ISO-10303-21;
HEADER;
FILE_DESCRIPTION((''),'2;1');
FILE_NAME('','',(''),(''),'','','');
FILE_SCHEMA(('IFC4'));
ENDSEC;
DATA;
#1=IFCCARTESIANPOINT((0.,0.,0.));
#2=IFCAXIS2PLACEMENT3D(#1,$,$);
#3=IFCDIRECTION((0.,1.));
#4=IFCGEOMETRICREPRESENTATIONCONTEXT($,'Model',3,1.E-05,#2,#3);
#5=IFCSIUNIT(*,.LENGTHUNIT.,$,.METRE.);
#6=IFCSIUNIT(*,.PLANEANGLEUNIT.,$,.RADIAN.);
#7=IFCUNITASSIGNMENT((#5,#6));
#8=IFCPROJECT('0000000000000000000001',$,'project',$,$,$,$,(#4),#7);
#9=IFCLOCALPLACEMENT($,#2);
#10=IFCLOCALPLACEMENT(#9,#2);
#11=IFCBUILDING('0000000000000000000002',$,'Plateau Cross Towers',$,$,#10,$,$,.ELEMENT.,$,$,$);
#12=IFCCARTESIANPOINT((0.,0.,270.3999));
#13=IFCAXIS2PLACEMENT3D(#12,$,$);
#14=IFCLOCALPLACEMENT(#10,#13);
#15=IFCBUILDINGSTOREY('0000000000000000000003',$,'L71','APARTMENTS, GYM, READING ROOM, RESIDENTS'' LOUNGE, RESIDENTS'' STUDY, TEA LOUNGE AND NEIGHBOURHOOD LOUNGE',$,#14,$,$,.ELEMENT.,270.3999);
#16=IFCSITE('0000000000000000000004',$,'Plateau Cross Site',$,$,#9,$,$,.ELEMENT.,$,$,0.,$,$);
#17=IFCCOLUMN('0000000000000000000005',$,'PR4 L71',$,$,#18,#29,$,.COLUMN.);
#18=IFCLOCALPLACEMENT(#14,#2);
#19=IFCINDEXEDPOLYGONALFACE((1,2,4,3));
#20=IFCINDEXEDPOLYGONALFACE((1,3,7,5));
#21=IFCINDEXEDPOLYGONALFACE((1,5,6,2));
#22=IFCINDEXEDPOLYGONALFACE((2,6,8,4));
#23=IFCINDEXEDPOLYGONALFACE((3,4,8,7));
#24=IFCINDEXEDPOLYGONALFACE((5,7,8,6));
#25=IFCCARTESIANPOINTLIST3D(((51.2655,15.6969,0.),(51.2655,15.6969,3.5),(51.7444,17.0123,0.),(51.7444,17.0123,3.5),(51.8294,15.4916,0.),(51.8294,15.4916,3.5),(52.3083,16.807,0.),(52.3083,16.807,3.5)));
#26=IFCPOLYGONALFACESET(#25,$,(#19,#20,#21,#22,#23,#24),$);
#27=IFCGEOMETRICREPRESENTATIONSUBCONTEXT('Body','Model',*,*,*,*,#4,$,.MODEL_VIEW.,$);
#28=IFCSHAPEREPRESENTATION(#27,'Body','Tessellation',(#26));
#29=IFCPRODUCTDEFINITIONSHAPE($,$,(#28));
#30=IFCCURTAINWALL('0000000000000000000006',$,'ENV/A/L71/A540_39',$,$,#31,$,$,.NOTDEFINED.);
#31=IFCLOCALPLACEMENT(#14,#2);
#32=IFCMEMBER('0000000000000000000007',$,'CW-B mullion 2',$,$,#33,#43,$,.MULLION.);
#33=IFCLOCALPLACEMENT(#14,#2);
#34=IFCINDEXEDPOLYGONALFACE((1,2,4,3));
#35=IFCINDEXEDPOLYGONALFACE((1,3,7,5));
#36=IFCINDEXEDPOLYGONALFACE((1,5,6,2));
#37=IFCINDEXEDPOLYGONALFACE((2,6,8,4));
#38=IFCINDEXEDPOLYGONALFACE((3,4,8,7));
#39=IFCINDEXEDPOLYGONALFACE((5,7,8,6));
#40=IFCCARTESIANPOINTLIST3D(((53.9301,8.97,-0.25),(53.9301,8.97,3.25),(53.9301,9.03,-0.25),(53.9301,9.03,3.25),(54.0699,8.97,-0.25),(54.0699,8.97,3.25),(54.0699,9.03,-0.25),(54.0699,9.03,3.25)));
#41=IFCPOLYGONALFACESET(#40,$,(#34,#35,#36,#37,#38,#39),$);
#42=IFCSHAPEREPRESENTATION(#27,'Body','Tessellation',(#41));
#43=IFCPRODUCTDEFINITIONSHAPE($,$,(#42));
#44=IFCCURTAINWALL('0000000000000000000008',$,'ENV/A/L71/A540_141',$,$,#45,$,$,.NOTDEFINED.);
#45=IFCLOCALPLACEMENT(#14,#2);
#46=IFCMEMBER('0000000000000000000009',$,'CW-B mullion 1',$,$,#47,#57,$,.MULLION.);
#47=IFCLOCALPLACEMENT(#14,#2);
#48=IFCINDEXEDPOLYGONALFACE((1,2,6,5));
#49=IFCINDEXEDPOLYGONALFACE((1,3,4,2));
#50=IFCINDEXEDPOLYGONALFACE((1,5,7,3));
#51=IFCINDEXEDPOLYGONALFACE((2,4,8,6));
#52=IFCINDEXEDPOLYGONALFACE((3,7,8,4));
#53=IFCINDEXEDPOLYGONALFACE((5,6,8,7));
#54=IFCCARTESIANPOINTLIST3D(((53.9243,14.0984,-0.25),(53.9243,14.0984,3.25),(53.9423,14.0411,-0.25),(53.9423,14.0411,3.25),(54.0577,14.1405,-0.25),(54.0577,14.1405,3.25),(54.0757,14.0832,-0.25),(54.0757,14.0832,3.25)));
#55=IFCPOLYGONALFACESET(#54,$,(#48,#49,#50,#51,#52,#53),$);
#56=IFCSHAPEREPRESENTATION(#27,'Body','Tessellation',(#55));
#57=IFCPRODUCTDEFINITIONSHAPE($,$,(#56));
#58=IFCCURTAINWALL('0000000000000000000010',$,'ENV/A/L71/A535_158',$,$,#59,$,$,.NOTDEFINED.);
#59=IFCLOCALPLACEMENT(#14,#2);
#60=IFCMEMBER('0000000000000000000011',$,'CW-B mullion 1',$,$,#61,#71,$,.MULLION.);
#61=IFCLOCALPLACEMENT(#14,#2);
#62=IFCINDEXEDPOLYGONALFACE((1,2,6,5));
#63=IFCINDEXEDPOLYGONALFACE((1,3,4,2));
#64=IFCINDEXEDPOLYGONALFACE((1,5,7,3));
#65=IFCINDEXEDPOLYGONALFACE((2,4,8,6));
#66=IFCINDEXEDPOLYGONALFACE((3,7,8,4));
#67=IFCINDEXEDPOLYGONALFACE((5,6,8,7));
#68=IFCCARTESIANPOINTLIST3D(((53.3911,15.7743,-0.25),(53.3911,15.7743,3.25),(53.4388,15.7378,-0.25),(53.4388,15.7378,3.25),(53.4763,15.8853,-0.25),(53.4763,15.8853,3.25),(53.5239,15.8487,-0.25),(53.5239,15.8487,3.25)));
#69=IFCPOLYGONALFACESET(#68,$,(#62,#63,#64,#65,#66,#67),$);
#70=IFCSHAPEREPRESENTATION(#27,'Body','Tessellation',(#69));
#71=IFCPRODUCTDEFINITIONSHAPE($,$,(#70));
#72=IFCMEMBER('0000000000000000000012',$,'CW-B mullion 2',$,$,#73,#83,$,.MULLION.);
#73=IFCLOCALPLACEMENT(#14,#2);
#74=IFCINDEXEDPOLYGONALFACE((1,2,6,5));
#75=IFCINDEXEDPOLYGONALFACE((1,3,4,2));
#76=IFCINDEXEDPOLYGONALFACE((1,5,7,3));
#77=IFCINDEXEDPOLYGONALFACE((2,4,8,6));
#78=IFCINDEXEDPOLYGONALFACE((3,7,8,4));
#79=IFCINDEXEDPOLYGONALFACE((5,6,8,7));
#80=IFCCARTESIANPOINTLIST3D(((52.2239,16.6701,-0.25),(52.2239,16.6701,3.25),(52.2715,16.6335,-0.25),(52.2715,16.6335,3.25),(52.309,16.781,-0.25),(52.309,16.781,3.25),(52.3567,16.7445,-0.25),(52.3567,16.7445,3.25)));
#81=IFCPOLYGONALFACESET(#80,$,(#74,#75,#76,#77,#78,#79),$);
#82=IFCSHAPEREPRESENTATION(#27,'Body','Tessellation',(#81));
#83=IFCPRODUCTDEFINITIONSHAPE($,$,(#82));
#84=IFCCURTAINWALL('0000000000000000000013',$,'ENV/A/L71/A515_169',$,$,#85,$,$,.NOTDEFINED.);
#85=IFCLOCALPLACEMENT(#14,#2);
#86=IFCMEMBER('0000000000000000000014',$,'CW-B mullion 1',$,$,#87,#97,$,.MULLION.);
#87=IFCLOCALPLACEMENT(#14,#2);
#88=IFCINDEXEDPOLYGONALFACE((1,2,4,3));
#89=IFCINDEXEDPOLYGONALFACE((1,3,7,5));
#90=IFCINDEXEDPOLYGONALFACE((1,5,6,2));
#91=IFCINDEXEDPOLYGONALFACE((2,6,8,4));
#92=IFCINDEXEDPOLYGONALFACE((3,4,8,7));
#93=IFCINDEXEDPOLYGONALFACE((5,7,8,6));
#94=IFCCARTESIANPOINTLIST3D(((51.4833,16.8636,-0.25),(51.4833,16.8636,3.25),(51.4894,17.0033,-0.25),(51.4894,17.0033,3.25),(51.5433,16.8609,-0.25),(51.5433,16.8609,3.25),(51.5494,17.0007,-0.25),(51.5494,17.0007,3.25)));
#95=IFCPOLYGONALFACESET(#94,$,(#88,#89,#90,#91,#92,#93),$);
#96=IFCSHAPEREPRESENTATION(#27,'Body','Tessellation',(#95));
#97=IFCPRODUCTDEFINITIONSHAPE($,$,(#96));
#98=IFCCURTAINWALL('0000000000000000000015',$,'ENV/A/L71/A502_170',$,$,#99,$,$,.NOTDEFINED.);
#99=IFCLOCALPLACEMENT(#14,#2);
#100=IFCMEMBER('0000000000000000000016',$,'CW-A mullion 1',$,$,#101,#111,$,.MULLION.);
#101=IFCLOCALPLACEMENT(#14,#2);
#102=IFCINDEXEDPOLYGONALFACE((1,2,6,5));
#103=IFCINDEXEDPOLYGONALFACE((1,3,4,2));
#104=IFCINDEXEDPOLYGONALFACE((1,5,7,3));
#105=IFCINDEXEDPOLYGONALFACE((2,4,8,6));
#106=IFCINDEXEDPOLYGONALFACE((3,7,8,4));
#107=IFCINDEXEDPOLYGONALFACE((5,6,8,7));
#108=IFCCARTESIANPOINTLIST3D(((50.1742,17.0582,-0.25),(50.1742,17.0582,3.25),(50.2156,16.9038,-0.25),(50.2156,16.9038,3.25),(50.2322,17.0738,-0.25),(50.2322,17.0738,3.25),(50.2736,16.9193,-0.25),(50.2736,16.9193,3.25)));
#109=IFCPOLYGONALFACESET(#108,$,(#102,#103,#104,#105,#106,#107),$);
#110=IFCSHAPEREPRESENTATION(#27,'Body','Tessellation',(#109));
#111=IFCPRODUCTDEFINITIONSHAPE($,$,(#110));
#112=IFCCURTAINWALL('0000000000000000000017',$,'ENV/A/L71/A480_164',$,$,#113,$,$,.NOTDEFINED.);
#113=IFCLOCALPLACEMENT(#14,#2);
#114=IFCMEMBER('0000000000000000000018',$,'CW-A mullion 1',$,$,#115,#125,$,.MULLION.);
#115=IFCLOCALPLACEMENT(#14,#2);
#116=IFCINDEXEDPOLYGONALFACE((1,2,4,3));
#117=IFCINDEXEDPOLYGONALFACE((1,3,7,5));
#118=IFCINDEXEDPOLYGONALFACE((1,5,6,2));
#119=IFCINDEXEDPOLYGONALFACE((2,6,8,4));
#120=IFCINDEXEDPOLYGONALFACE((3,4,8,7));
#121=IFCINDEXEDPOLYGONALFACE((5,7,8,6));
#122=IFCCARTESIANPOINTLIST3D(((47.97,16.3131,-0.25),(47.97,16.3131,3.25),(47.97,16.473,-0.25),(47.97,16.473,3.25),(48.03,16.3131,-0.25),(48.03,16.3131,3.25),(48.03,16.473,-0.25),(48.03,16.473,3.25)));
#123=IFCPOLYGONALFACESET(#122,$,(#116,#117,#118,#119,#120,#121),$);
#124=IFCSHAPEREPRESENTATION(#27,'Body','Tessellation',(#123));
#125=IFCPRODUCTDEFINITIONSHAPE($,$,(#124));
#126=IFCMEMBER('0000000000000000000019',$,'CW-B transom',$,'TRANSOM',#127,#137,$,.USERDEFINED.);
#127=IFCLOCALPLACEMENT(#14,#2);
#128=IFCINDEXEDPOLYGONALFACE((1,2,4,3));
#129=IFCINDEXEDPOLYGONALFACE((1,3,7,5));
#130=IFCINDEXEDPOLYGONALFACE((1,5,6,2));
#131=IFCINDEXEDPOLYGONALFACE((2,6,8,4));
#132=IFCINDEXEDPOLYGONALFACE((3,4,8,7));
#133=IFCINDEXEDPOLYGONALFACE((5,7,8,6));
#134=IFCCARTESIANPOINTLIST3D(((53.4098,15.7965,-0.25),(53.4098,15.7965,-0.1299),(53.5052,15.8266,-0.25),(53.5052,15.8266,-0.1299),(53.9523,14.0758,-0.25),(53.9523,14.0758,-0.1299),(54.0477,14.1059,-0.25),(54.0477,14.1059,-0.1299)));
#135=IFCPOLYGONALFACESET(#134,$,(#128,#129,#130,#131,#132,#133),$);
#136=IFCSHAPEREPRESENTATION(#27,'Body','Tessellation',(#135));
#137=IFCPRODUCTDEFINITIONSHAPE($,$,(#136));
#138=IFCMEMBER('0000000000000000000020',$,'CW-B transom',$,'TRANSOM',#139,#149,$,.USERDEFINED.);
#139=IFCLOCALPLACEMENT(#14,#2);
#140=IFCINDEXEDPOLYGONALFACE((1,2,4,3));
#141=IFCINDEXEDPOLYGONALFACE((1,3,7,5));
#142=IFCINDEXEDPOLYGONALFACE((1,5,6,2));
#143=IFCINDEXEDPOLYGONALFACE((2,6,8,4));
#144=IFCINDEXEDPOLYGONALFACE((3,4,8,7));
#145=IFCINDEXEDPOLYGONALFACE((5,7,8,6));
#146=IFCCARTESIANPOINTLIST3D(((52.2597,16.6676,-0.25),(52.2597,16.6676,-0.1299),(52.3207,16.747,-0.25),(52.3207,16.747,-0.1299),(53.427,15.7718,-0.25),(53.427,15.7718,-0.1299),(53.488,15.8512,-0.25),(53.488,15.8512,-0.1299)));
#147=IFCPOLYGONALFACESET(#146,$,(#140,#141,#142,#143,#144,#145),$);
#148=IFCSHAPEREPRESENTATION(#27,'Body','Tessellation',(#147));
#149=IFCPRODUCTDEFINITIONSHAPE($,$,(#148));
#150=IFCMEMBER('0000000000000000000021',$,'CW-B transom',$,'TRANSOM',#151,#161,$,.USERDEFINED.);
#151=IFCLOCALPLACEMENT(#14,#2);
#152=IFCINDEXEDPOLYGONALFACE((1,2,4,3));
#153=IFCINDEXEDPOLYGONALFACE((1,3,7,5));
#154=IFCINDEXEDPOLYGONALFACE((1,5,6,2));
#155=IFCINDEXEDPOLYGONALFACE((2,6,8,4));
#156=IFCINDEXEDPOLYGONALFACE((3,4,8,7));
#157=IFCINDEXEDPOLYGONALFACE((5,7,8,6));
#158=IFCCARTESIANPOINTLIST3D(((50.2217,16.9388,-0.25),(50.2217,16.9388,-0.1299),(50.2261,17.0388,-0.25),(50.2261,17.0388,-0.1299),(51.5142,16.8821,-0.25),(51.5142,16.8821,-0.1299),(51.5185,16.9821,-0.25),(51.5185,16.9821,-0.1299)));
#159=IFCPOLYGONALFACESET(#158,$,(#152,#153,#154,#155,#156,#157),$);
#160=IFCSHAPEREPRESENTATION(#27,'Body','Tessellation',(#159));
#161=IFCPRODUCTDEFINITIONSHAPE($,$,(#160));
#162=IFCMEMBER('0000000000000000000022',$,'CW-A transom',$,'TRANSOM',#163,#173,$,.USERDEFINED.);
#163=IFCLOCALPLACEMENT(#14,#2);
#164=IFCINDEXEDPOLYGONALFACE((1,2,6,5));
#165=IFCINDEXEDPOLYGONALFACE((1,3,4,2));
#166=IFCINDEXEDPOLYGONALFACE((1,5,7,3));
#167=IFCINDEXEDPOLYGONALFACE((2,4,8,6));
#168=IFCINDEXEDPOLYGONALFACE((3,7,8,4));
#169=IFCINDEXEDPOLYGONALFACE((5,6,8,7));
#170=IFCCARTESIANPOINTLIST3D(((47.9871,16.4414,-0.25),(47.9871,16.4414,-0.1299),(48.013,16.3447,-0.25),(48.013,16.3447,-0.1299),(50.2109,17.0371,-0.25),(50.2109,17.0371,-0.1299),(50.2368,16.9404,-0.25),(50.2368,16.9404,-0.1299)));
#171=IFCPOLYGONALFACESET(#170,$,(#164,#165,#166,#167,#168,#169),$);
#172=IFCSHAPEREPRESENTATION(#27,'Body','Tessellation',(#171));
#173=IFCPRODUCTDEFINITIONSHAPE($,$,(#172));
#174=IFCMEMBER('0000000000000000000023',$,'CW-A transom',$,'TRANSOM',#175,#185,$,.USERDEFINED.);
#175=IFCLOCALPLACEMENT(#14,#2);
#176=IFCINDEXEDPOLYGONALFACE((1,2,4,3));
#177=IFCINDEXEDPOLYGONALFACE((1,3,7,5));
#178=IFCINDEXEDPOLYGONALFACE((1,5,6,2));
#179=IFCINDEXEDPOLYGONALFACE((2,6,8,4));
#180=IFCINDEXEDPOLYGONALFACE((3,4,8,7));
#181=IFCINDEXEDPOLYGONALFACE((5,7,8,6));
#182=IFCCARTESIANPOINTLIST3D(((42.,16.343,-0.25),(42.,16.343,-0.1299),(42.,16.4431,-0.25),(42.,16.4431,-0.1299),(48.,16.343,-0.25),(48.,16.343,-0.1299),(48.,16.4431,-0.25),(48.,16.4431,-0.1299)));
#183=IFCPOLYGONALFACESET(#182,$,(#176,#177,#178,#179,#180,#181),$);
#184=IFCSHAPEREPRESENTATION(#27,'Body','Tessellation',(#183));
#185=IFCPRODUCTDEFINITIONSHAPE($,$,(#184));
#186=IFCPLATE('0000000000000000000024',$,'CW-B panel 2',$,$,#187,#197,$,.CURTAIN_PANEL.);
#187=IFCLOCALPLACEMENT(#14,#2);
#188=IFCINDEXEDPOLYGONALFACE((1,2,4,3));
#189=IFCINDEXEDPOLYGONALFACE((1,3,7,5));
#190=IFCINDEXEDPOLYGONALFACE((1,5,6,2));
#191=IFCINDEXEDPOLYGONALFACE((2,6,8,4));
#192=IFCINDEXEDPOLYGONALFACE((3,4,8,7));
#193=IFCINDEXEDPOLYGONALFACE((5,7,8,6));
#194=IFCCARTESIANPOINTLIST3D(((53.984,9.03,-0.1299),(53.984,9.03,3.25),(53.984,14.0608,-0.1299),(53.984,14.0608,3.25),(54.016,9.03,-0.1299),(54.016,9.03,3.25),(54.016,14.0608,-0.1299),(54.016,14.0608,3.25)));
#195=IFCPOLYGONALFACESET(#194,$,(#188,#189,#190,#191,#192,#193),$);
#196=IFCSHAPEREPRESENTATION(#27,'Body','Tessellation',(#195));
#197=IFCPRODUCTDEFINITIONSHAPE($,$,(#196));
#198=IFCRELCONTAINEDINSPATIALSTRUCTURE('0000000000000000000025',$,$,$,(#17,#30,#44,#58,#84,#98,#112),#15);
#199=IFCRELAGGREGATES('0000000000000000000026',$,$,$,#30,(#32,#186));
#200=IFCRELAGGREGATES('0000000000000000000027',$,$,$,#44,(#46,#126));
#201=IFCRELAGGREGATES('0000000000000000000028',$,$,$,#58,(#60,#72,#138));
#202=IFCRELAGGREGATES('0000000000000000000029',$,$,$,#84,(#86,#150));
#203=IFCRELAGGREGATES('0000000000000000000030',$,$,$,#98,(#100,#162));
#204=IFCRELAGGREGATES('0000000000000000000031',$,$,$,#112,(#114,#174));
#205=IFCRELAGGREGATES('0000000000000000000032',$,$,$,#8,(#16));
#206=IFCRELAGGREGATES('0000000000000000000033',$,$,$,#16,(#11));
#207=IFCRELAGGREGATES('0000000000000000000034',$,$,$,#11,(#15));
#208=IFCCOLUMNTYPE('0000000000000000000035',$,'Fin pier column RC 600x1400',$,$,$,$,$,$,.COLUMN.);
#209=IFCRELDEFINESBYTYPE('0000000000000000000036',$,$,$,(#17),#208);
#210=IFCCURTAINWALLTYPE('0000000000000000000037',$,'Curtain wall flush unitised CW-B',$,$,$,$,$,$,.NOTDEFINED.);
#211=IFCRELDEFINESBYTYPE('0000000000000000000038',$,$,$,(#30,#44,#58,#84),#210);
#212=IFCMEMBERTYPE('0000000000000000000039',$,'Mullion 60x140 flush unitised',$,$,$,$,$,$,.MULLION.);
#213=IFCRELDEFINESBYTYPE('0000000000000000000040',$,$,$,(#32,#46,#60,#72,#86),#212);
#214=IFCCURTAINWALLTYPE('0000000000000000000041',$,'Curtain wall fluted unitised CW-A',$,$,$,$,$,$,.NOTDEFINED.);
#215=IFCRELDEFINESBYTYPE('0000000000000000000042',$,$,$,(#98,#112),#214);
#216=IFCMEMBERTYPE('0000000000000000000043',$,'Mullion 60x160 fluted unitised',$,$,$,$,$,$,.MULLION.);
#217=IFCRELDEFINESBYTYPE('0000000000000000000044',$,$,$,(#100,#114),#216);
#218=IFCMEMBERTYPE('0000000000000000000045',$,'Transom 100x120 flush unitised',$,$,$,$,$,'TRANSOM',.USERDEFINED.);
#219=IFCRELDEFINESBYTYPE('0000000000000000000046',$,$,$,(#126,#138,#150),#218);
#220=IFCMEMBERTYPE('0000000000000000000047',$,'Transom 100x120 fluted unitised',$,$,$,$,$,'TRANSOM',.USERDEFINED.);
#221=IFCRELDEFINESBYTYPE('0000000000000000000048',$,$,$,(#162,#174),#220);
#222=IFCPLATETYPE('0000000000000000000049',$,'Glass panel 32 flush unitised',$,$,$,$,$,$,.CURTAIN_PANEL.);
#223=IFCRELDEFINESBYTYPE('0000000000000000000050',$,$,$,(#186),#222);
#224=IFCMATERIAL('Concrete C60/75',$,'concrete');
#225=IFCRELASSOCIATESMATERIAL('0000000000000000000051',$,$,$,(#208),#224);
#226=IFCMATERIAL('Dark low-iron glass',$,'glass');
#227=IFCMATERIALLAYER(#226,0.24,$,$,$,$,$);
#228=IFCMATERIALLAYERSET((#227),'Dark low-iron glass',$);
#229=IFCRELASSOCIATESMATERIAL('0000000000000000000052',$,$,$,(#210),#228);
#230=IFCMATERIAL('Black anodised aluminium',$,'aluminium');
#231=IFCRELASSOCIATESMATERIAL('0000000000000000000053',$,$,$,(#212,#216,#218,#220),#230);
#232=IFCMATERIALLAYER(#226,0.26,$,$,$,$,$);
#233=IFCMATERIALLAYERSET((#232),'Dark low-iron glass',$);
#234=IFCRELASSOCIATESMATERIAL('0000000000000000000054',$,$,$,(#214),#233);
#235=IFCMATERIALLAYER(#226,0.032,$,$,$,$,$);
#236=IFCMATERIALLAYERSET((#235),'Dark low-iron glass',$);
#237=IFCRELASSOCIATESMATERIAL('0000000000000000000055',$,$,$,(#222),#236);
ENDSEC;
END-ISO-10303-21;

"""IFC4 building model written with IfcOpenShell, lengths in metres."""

from ifc_helpers import new_model, si_unit, direction, frame, origin, origin_2d, place, context, subcontext, project, spatial, rectangle, extrude, material, layer, layer_set, material_profile, profile_set, type_object, element, aggregate, save


model = new_model("IFC4")

# Units and contexts
model_context = context("Model", 3, precision=1e-05, world=origin(), true_north=direction((0.0, 1.0)))
body_context = subcontext(model_context, "Body", "Model", "MODEL_VIEW")
ifc_project = project(units=[si_unit("LENGTHUNIT", "METRE"), si_unit("PLANEANGLEUNIT", "RADIAN")], contexts=[model_context])

# Site, building, storey
site_placement = place(None, origin())
site = spatial("IfcSite", under=ifc_project, at=site_placement, Name="Plateau Cross Site", CompositionType="ELEMENT", RefElevation=0.0)
building_placement = place(site_placement, origin())
building = spatial("IfcBuilding", under=site, at=building_placement, Name="Plateau Cross Towers", CompositionType="ELEMENT")
storey_placement = place(building_placement, frame((0.0, 0.0, 270.3999)))
storey = spatial("IfcBuildingStorey", under=building, at=storey_placement, Name="L71", Description="APARTMENTS, GYM, READING ROOM, RESIDENTS' LOUNGE, RESIDENTS' STUDY, TEA LOUNGE AND NEIGHBOURHOOD LOUNGE", CompositionType="ELEMENT", Elevation=270.3999)

# Column
ifc_material_1 = material(Name="Concrete C60/75", Category="concrete")
ifc_material_profile_1 = material_profile(ifc_material_1, rectangle(XDim=0.6001, YDim=1.3999, at=origin_2d()), Name="RC 600x1400")
ifc_profile_set_1 = profile_set([ifc_material_profile_1], Name="Concrete C60/75")
column_type = type_object("IfcColumnType", Name="Fin pier column RC 600x1400", PredefinedType="COLUMN", material=ifc_profile_set_1)
column_placement = place(storey_placement, frame((51.7869, 16.252, 0.0), z_axis=(0.0, 0.0, 1.0), x_axis=(-0.939664, 0.342098, 0.0)))
element("IfcColumn", 1, at=column_placement, inside=storey, type_object=column_type, Name="PR4 L71", PredefinedType="COLUMN", context=body_context, shape_type="SweptSolid", body=[
    extrude(rectangle(XDim=0.6001, YDim=1.3999, at=origin_2d()), origin(), (0.0, 0.0, 1.0), 3.5),
])

# Curtain walls, members
ifc_material_2 = material(Name="Dark low-iron glass", Category="glass")
ifc_layer_1 = layer(ifc_material_2, 0.24)
ifc_layer_set_1 = layer_set([ifc_layer_1], Name="Dark low-iron glass")
curtain_wall_type_1 = type_object("IfcCurtainWallType", Name="Curtain wall flush unitised CW-B", PredefinedType="NOTDEFINED", material=ifc_layer_set_1)
curtain_wall_1_placement = place(storey_placement, origin())
curtain_wall_1 = element("IfcCurtainWall", 2, at=curtain_wall_1_placement, inside=storey, type_object=curtain_wall_type_1, Name="ENV/A/L71/A540_39", PredefinedType="NOTDEFINED")
ifc_material_3 = material(Name="Black anodised aluminium", Category="aluminium")
ifc_material_profile_2 = material_profile(ifc_material_3, rectangle(XDim=0.0601, YDim=0.1399, at=origin_2d()), Name="MULLION 60x140")
ifc_profile_set_2 = profile_set([ifc_material_profile_2], Name="Black anodised aluminium")
member_type_1 = type_object("IfcMemberType", Name="Mullion 60x140 flush unitised", PredefinedType="MULLION", material=ifc_profile_set_2)
member_1_placement = place(storey_placement, frame((54.0, 9.0, -0.25), z_axis=(0.0, 0.0, 1.0), x_axis=(0.0, 1.0, 0.0)))
member_1 = element("IfcMember", 3, at=member_1_placement, type_object=member_type_1, Name="CW-B mullion 2", PredefinedType="MULLION", context=body_context, shape_type="SweptSolid", body=[
    extrude(rectangle(XDim=0.0601, YDim=0.1399, at=origin_2d()), origin(), (0.0, 0.0, 1.0), 3.5),
])
curtain_wall_2_placement = place(storey_placement, origin())
curtain_wall_2 = element("IfcCurtainWall", 4, at=curtain_wall_2_placement, inside=storey, type_object=curtain_wall_type_1, Name="ENV/A/L71/A540_141", PredefinedType="NOTDEFINED")
member_2_placement = place(storey_placement, frame((54.0, 14.0908, -0.25), z_axis=(0.0, 0.0, 1.0), x_axis=(-0.300686, 0.953723, 0.0)))
member_2 = element("IfcMember", 5, at=member_2_placement, type_object=member_type_1, Name="CW-B mullion 1", PredefinedType="MULLION", context=body_context, shape_type="SweptSolid", body=[
    extrude(rectangle(XDim=0.0601, YDim=0.1399, at=origin_2d()), origin(), (0.0, 0.0, 1.0), 3.5),
])

# Curtain wall, members
curtain_wall_3_placement = place(storey_placement, origin())
curtain_wall_3 = element("IfcCurtainWall", 6, at=curtain_wall_3_placement, inside=storey, type_object=curtain_wall_type_1, Name="ENV/A/L71/A535_158", PredefinedType="NOTDEFINED")
member_3_placement = place(storey_placement, frame((53.4575, 15.8115, -0.25), z_axis=(0.0, 0.0, 1.0), x_axis=(-0.793316, 0.608811, 0.0)))
member_3 = element("IfcMember", 7, at=member_3_placement, type_object=member_type_1, Name="CW-B mullion 1", PredefinedType="MULLION", context=body_context, shape_type="SweptSolid", body=[
    extrude(rectangle(XDim=0.0601, YDim=0.1399, at=origin_2d()), origin(), (0.0, 0.0, 1.0), 3.5),
])
member_4_placement = place(storey_placement, frame((52.2903, 16.7073, -0.25), z_axis=(0.0, 0.0, 1.0), x_axis=(-0.793316, 0.608811, 0.0)))
member_4 = element("IfcMember", 8, at=member_4_placement, type_object=member_type_1, Name="CW-B mullion 2", PredefinedType="MULLION", context=body_context, shape_type="SweptSolid", body=[
    extrude(rectangle(XDim=0.0601, YDim=0.1399, at=origin_2d()), origin(), (0.0, 0.0, 1.0), 3.5),
])

# Curtain walls, members
curtain_wall_4_placement = place(storey_placement, origin())
curtain_wall_4 = element("IfcCurtainWall", 9, at=curtain_wall_4_placement, inside=storey, type_object=curtain_wall_type_1, Name="ENV/A/L71/A515_169", PredefinedType="NOTDEFINED")
member_5_placement = place(storey_placement, frame((51.5164, 16.9321, -0.25), z_axis=(0.0, 0.0, 1.0), x_axis=(-0.999044, 0.043723, 0.0)))
member_5 = element("IfcMember", 10, at=member_5_placement, type_object=member_type_1, Name="CW-B mullion 1", PredefinedType="MULLION", context=body_context, shape_type="SweptSolid", body=[
    extrude(rectangle(XDim=0.0601, YDim=0.1399, at=origin_2d()), origin(), (0.0, 0.0, 1.0), 3.5),
])
ifc_layer_2 = layer(ifc_material_2, 0.26)
ifc_layer_set_2 = layer_set([ifc_layer_2], Name="Dark low-iron glass")
curtain_wall_type_2 = type_object("IfcCurtainWallType", Name="Curtain wall fluted unitised CW-A", PredefinedType="NOTDEFINED", material=ifc_layer_set_2)
curtain_wall_5_placement = place(storey_placement, origin())
curtain_wall_5 = element("IfcCurtainWall", 11, at=curtain_wall_5_placement, inside=storey, type_object=curtain_wall_type_2, Name="ENV/A/L71/A502_170", PredefinedType="NOTDEFINED")
ifc_material_profile_3 = material_profile(ifc_material_3, rectangle(XDim=0.0601, YDim=0.1599, at=origin_2d()), Name="MULLION 60x160")
ifc_profile_set_3 = profile_set([ifc_material_profile_3], Name="Black anodised aluminium")
member_type_2 = type_object("IfcMemberType", Name="Mullion 60x160 fluted unitised", PredefinedType="MULLION", material=ifc_profile_set_3)
member_6_placement = place(storey_placement, frame((50.2239, 16.9888, -0.25), z_axis=(0.0, 0.0, 1.0), x_axis=(-0.965958, -0.258699, 0.0)))
member_6 = element("IfcMember", 12, at=member_6_placement, type_object=member_type_2, Name="CW-A mullion 1", PredefinedType="MULLION", context=body_context, shape_type="SweptSolid", body=[
    extrude(rectangle(XDim=0.0601, YDim=0.1599, at=origin_2d()), origin(), (0.0, 0.0, 1.0), 3.5),
])
curtain_wall_6_placement = place(storey_placement, origin())
curtain_wall_6 = element("IfcCurtainWall", 13, at=curtain_wall_6_placement, inside=storey, type_object=curtain_wall_type_2, Name="ENV/A/L71/A480_164", PredefinedType="NOTDEFINED")
member_7_placement = place(storey_placement, frame((48.0, 16.3931, -0.25), z_axis=(0.0, 0.0, 1.0), x_axis=(-1.0, 0.0, 0.0)))
member_7 = element("IfcMember", 14, at=member_7_placement, type_object=member_type_2, Name="CW-A mullion 1", PredefinedType="MULLION", context=body_context, shape_type="SweptSolid", body=[
    extrude(rectangle(XDim=0.0601, YDim=0.1599, at=origin_2d()), origin(), (0.0, 0.0, 1.0), 3.5),
])

# Members
ifc_material_profile_4 = material_profile(ifc_material_3, rectangle(XDim=0.1001, YDim=0.1201, at=origin_2d()), Name="TRANSOM 100x120")
ifc_profile_set_4 = profile_set([ifc_material_profile_4], Name="Black anodised aluminium")
member_type_3 = type_object("IfcMemberType", Name="Transom 100x120 flush unitised", ElementType="TRANSOM", PredefinedType="USERDEFINED", material=ifc_profile_set_4)
member_8_placement = place(storey_placement, frame((54.0, 14.0908, -0.1899), z_axis=(-0.300678, 0.953726, 0.0), x_axis=(-0.953726, -0.300678, 0.0)))
member_8 = element("IfcMember", 15, at=member_8_placement, type_object=member_type_3, Name="CW-B transom", ObjectType="TRANSOM", PredefinedType="USERDEFINED", context=body_context, shape_type="SweptSolid", body=[
    extrude(rectangle(XDim=0.1001, YDim=0.1201, at=origin_2d()), origin(), (0.0, 0.0, 1.0), 1.8042),
])
member_9_placement = place(storey_placement, frame((53.4575, 15.8115, -0.1899), z_axis=(-0.793321, 0.608804, 0.0), x_axis=(-0.608804, -0.793321, 0.0)))
member_9 = element("IfcMember", 16, at=member_9_placement, type_object=member_type_3, Name="CW-B transom", ObjectType="TRANSOM", PredefinedType="USERDEFINED", context=body_context, shape_type="SweptSolid", body=[
    extrude(rectangle(XDim=0.1001, YDim=0.1201, at=origin_2d()), origin(), (0.0, 0.0, 1.0), 1.4714),
])
member_10_placement = place(storey_placement, frame((51.5164, 16.9321, -0.1899), z_axis=(-0.999041, 0.043781, 0.0), x_axis=(-0.043781, -0.999041, 0.0)))
member_10 = element("IfcMember", 17, at=member_10_placement, type_object=member_type_3, Name="CW-B transom", ObjectType="TRANSOM", PredefinedType="USERDEFINED", context=body_context, shape_type="SweptSolid", body=[
    extrude(rectangle(XDim=0.1001, YDim=0.1201, at=origin_2d()), origin(), (0.0, 0.0, 1.0), 1.2937),
])
ifc_material_profile_5 = material_profile(ifc_material_3, rectangle(XDim=0.1001, YDim=0.1201, at=origin_2d()), Name="TRANSOM 100x120")
ifc_profile_set_5 = profile_set([ifc_material_profile_5], Name="Black anodised aluminium")
member_type_4 = type_object("IfcMemberType", Name="Transom 100x120 fluted unitised", ElementType="TRANSOM", PredefinedType="USERDEFINED", material=ifc_profile_set_5)
member_11_placement = place(storey_placement, frame((50.2239, 16.9888, -0.1899), z_axis=(-0.965946, -0.258745, 0.0), x_axis=(0.258745, -0.965946, 0.0)))
member_11 = element("IfcMember", 18, at=member_11_placement, type_object=member_type_4, Name="CW-A transom", ObjectType="TRANSOM", PredefinedType="USERDEFINED", context=body_context, shape_type="SweptSolid", body=[
    extrude(rectangle(XDim=0.1001, YDim=0.1201, at=origin_2d()), origin(), (0.0, 0.0, 1.0), 2.3022),
])
member_12_placement = place(storey_placement, frame((48.0, 16.3931, -0.1899), z_axis=(-1.0, 0.0, 0.0), x_axis=(0.0, -1.0, 0.0)))
member_12 = element("IfcMember", 19, at=member_12_placement, type_object=member_type_4, Name="CW-A transom", ObjectType="TRANSOM", PredefinedType="USERDEFINED", context=body_context, shape_type="SweptSolid", body=[
    extrude(rectangle(XDim=0.1001, YDim=0.1201, at=origin_2d()), origin(), (0.0, 0.0, 1.0), 6.0),
])

# Plate
ifc_layer_3 = layer(ifc_material_2, 0.032)
ifc_layer_set_3 = layer_set([ifc_layer_3], Name="Dark low-iron glass")
plate_type_1 = type_object("IfcPlateType", Name="Glass panel 32 flush unitised", PredefinedType="CURTAIN_PANEL", material=ifc_layer_set_3)
plate_1_placement = place(storey_placement, frame((54.0, 11.5454, -0.1299), z_axis=(0.0, 0.0, 1.0), x_axis=(0.0, 1.0, 0.0)))
plate_1 = element("IfcPlate", 20, at=plate_1_placement, type_object=plate_type_1, Name="CW-B panel 2", PredefinedType="CURTAIN_PANEL", context=body_context, shape_type="SweptSolid", body=[
    extrude(rectangle(XDim=5.0308, YDim=0.032, at=origin_2d()), origin(), (0.0, 0.0, 1.0), 3.3799),
])
aggregate(curtain_wall_1, [member_1, plate_1])
aggregate(curtain_wall_2, [member_2, member_8])
aggregate(curtain_wall_3, [member_3, member_4, member_9])
aggregate(curtain_wall_4, [member_5, member_10])
aggregate(curtain_wall_5, [member_6, member_11])
aggregate(curtain_wall_6, [member_7, member_12])

save(model, "model.ifc")
